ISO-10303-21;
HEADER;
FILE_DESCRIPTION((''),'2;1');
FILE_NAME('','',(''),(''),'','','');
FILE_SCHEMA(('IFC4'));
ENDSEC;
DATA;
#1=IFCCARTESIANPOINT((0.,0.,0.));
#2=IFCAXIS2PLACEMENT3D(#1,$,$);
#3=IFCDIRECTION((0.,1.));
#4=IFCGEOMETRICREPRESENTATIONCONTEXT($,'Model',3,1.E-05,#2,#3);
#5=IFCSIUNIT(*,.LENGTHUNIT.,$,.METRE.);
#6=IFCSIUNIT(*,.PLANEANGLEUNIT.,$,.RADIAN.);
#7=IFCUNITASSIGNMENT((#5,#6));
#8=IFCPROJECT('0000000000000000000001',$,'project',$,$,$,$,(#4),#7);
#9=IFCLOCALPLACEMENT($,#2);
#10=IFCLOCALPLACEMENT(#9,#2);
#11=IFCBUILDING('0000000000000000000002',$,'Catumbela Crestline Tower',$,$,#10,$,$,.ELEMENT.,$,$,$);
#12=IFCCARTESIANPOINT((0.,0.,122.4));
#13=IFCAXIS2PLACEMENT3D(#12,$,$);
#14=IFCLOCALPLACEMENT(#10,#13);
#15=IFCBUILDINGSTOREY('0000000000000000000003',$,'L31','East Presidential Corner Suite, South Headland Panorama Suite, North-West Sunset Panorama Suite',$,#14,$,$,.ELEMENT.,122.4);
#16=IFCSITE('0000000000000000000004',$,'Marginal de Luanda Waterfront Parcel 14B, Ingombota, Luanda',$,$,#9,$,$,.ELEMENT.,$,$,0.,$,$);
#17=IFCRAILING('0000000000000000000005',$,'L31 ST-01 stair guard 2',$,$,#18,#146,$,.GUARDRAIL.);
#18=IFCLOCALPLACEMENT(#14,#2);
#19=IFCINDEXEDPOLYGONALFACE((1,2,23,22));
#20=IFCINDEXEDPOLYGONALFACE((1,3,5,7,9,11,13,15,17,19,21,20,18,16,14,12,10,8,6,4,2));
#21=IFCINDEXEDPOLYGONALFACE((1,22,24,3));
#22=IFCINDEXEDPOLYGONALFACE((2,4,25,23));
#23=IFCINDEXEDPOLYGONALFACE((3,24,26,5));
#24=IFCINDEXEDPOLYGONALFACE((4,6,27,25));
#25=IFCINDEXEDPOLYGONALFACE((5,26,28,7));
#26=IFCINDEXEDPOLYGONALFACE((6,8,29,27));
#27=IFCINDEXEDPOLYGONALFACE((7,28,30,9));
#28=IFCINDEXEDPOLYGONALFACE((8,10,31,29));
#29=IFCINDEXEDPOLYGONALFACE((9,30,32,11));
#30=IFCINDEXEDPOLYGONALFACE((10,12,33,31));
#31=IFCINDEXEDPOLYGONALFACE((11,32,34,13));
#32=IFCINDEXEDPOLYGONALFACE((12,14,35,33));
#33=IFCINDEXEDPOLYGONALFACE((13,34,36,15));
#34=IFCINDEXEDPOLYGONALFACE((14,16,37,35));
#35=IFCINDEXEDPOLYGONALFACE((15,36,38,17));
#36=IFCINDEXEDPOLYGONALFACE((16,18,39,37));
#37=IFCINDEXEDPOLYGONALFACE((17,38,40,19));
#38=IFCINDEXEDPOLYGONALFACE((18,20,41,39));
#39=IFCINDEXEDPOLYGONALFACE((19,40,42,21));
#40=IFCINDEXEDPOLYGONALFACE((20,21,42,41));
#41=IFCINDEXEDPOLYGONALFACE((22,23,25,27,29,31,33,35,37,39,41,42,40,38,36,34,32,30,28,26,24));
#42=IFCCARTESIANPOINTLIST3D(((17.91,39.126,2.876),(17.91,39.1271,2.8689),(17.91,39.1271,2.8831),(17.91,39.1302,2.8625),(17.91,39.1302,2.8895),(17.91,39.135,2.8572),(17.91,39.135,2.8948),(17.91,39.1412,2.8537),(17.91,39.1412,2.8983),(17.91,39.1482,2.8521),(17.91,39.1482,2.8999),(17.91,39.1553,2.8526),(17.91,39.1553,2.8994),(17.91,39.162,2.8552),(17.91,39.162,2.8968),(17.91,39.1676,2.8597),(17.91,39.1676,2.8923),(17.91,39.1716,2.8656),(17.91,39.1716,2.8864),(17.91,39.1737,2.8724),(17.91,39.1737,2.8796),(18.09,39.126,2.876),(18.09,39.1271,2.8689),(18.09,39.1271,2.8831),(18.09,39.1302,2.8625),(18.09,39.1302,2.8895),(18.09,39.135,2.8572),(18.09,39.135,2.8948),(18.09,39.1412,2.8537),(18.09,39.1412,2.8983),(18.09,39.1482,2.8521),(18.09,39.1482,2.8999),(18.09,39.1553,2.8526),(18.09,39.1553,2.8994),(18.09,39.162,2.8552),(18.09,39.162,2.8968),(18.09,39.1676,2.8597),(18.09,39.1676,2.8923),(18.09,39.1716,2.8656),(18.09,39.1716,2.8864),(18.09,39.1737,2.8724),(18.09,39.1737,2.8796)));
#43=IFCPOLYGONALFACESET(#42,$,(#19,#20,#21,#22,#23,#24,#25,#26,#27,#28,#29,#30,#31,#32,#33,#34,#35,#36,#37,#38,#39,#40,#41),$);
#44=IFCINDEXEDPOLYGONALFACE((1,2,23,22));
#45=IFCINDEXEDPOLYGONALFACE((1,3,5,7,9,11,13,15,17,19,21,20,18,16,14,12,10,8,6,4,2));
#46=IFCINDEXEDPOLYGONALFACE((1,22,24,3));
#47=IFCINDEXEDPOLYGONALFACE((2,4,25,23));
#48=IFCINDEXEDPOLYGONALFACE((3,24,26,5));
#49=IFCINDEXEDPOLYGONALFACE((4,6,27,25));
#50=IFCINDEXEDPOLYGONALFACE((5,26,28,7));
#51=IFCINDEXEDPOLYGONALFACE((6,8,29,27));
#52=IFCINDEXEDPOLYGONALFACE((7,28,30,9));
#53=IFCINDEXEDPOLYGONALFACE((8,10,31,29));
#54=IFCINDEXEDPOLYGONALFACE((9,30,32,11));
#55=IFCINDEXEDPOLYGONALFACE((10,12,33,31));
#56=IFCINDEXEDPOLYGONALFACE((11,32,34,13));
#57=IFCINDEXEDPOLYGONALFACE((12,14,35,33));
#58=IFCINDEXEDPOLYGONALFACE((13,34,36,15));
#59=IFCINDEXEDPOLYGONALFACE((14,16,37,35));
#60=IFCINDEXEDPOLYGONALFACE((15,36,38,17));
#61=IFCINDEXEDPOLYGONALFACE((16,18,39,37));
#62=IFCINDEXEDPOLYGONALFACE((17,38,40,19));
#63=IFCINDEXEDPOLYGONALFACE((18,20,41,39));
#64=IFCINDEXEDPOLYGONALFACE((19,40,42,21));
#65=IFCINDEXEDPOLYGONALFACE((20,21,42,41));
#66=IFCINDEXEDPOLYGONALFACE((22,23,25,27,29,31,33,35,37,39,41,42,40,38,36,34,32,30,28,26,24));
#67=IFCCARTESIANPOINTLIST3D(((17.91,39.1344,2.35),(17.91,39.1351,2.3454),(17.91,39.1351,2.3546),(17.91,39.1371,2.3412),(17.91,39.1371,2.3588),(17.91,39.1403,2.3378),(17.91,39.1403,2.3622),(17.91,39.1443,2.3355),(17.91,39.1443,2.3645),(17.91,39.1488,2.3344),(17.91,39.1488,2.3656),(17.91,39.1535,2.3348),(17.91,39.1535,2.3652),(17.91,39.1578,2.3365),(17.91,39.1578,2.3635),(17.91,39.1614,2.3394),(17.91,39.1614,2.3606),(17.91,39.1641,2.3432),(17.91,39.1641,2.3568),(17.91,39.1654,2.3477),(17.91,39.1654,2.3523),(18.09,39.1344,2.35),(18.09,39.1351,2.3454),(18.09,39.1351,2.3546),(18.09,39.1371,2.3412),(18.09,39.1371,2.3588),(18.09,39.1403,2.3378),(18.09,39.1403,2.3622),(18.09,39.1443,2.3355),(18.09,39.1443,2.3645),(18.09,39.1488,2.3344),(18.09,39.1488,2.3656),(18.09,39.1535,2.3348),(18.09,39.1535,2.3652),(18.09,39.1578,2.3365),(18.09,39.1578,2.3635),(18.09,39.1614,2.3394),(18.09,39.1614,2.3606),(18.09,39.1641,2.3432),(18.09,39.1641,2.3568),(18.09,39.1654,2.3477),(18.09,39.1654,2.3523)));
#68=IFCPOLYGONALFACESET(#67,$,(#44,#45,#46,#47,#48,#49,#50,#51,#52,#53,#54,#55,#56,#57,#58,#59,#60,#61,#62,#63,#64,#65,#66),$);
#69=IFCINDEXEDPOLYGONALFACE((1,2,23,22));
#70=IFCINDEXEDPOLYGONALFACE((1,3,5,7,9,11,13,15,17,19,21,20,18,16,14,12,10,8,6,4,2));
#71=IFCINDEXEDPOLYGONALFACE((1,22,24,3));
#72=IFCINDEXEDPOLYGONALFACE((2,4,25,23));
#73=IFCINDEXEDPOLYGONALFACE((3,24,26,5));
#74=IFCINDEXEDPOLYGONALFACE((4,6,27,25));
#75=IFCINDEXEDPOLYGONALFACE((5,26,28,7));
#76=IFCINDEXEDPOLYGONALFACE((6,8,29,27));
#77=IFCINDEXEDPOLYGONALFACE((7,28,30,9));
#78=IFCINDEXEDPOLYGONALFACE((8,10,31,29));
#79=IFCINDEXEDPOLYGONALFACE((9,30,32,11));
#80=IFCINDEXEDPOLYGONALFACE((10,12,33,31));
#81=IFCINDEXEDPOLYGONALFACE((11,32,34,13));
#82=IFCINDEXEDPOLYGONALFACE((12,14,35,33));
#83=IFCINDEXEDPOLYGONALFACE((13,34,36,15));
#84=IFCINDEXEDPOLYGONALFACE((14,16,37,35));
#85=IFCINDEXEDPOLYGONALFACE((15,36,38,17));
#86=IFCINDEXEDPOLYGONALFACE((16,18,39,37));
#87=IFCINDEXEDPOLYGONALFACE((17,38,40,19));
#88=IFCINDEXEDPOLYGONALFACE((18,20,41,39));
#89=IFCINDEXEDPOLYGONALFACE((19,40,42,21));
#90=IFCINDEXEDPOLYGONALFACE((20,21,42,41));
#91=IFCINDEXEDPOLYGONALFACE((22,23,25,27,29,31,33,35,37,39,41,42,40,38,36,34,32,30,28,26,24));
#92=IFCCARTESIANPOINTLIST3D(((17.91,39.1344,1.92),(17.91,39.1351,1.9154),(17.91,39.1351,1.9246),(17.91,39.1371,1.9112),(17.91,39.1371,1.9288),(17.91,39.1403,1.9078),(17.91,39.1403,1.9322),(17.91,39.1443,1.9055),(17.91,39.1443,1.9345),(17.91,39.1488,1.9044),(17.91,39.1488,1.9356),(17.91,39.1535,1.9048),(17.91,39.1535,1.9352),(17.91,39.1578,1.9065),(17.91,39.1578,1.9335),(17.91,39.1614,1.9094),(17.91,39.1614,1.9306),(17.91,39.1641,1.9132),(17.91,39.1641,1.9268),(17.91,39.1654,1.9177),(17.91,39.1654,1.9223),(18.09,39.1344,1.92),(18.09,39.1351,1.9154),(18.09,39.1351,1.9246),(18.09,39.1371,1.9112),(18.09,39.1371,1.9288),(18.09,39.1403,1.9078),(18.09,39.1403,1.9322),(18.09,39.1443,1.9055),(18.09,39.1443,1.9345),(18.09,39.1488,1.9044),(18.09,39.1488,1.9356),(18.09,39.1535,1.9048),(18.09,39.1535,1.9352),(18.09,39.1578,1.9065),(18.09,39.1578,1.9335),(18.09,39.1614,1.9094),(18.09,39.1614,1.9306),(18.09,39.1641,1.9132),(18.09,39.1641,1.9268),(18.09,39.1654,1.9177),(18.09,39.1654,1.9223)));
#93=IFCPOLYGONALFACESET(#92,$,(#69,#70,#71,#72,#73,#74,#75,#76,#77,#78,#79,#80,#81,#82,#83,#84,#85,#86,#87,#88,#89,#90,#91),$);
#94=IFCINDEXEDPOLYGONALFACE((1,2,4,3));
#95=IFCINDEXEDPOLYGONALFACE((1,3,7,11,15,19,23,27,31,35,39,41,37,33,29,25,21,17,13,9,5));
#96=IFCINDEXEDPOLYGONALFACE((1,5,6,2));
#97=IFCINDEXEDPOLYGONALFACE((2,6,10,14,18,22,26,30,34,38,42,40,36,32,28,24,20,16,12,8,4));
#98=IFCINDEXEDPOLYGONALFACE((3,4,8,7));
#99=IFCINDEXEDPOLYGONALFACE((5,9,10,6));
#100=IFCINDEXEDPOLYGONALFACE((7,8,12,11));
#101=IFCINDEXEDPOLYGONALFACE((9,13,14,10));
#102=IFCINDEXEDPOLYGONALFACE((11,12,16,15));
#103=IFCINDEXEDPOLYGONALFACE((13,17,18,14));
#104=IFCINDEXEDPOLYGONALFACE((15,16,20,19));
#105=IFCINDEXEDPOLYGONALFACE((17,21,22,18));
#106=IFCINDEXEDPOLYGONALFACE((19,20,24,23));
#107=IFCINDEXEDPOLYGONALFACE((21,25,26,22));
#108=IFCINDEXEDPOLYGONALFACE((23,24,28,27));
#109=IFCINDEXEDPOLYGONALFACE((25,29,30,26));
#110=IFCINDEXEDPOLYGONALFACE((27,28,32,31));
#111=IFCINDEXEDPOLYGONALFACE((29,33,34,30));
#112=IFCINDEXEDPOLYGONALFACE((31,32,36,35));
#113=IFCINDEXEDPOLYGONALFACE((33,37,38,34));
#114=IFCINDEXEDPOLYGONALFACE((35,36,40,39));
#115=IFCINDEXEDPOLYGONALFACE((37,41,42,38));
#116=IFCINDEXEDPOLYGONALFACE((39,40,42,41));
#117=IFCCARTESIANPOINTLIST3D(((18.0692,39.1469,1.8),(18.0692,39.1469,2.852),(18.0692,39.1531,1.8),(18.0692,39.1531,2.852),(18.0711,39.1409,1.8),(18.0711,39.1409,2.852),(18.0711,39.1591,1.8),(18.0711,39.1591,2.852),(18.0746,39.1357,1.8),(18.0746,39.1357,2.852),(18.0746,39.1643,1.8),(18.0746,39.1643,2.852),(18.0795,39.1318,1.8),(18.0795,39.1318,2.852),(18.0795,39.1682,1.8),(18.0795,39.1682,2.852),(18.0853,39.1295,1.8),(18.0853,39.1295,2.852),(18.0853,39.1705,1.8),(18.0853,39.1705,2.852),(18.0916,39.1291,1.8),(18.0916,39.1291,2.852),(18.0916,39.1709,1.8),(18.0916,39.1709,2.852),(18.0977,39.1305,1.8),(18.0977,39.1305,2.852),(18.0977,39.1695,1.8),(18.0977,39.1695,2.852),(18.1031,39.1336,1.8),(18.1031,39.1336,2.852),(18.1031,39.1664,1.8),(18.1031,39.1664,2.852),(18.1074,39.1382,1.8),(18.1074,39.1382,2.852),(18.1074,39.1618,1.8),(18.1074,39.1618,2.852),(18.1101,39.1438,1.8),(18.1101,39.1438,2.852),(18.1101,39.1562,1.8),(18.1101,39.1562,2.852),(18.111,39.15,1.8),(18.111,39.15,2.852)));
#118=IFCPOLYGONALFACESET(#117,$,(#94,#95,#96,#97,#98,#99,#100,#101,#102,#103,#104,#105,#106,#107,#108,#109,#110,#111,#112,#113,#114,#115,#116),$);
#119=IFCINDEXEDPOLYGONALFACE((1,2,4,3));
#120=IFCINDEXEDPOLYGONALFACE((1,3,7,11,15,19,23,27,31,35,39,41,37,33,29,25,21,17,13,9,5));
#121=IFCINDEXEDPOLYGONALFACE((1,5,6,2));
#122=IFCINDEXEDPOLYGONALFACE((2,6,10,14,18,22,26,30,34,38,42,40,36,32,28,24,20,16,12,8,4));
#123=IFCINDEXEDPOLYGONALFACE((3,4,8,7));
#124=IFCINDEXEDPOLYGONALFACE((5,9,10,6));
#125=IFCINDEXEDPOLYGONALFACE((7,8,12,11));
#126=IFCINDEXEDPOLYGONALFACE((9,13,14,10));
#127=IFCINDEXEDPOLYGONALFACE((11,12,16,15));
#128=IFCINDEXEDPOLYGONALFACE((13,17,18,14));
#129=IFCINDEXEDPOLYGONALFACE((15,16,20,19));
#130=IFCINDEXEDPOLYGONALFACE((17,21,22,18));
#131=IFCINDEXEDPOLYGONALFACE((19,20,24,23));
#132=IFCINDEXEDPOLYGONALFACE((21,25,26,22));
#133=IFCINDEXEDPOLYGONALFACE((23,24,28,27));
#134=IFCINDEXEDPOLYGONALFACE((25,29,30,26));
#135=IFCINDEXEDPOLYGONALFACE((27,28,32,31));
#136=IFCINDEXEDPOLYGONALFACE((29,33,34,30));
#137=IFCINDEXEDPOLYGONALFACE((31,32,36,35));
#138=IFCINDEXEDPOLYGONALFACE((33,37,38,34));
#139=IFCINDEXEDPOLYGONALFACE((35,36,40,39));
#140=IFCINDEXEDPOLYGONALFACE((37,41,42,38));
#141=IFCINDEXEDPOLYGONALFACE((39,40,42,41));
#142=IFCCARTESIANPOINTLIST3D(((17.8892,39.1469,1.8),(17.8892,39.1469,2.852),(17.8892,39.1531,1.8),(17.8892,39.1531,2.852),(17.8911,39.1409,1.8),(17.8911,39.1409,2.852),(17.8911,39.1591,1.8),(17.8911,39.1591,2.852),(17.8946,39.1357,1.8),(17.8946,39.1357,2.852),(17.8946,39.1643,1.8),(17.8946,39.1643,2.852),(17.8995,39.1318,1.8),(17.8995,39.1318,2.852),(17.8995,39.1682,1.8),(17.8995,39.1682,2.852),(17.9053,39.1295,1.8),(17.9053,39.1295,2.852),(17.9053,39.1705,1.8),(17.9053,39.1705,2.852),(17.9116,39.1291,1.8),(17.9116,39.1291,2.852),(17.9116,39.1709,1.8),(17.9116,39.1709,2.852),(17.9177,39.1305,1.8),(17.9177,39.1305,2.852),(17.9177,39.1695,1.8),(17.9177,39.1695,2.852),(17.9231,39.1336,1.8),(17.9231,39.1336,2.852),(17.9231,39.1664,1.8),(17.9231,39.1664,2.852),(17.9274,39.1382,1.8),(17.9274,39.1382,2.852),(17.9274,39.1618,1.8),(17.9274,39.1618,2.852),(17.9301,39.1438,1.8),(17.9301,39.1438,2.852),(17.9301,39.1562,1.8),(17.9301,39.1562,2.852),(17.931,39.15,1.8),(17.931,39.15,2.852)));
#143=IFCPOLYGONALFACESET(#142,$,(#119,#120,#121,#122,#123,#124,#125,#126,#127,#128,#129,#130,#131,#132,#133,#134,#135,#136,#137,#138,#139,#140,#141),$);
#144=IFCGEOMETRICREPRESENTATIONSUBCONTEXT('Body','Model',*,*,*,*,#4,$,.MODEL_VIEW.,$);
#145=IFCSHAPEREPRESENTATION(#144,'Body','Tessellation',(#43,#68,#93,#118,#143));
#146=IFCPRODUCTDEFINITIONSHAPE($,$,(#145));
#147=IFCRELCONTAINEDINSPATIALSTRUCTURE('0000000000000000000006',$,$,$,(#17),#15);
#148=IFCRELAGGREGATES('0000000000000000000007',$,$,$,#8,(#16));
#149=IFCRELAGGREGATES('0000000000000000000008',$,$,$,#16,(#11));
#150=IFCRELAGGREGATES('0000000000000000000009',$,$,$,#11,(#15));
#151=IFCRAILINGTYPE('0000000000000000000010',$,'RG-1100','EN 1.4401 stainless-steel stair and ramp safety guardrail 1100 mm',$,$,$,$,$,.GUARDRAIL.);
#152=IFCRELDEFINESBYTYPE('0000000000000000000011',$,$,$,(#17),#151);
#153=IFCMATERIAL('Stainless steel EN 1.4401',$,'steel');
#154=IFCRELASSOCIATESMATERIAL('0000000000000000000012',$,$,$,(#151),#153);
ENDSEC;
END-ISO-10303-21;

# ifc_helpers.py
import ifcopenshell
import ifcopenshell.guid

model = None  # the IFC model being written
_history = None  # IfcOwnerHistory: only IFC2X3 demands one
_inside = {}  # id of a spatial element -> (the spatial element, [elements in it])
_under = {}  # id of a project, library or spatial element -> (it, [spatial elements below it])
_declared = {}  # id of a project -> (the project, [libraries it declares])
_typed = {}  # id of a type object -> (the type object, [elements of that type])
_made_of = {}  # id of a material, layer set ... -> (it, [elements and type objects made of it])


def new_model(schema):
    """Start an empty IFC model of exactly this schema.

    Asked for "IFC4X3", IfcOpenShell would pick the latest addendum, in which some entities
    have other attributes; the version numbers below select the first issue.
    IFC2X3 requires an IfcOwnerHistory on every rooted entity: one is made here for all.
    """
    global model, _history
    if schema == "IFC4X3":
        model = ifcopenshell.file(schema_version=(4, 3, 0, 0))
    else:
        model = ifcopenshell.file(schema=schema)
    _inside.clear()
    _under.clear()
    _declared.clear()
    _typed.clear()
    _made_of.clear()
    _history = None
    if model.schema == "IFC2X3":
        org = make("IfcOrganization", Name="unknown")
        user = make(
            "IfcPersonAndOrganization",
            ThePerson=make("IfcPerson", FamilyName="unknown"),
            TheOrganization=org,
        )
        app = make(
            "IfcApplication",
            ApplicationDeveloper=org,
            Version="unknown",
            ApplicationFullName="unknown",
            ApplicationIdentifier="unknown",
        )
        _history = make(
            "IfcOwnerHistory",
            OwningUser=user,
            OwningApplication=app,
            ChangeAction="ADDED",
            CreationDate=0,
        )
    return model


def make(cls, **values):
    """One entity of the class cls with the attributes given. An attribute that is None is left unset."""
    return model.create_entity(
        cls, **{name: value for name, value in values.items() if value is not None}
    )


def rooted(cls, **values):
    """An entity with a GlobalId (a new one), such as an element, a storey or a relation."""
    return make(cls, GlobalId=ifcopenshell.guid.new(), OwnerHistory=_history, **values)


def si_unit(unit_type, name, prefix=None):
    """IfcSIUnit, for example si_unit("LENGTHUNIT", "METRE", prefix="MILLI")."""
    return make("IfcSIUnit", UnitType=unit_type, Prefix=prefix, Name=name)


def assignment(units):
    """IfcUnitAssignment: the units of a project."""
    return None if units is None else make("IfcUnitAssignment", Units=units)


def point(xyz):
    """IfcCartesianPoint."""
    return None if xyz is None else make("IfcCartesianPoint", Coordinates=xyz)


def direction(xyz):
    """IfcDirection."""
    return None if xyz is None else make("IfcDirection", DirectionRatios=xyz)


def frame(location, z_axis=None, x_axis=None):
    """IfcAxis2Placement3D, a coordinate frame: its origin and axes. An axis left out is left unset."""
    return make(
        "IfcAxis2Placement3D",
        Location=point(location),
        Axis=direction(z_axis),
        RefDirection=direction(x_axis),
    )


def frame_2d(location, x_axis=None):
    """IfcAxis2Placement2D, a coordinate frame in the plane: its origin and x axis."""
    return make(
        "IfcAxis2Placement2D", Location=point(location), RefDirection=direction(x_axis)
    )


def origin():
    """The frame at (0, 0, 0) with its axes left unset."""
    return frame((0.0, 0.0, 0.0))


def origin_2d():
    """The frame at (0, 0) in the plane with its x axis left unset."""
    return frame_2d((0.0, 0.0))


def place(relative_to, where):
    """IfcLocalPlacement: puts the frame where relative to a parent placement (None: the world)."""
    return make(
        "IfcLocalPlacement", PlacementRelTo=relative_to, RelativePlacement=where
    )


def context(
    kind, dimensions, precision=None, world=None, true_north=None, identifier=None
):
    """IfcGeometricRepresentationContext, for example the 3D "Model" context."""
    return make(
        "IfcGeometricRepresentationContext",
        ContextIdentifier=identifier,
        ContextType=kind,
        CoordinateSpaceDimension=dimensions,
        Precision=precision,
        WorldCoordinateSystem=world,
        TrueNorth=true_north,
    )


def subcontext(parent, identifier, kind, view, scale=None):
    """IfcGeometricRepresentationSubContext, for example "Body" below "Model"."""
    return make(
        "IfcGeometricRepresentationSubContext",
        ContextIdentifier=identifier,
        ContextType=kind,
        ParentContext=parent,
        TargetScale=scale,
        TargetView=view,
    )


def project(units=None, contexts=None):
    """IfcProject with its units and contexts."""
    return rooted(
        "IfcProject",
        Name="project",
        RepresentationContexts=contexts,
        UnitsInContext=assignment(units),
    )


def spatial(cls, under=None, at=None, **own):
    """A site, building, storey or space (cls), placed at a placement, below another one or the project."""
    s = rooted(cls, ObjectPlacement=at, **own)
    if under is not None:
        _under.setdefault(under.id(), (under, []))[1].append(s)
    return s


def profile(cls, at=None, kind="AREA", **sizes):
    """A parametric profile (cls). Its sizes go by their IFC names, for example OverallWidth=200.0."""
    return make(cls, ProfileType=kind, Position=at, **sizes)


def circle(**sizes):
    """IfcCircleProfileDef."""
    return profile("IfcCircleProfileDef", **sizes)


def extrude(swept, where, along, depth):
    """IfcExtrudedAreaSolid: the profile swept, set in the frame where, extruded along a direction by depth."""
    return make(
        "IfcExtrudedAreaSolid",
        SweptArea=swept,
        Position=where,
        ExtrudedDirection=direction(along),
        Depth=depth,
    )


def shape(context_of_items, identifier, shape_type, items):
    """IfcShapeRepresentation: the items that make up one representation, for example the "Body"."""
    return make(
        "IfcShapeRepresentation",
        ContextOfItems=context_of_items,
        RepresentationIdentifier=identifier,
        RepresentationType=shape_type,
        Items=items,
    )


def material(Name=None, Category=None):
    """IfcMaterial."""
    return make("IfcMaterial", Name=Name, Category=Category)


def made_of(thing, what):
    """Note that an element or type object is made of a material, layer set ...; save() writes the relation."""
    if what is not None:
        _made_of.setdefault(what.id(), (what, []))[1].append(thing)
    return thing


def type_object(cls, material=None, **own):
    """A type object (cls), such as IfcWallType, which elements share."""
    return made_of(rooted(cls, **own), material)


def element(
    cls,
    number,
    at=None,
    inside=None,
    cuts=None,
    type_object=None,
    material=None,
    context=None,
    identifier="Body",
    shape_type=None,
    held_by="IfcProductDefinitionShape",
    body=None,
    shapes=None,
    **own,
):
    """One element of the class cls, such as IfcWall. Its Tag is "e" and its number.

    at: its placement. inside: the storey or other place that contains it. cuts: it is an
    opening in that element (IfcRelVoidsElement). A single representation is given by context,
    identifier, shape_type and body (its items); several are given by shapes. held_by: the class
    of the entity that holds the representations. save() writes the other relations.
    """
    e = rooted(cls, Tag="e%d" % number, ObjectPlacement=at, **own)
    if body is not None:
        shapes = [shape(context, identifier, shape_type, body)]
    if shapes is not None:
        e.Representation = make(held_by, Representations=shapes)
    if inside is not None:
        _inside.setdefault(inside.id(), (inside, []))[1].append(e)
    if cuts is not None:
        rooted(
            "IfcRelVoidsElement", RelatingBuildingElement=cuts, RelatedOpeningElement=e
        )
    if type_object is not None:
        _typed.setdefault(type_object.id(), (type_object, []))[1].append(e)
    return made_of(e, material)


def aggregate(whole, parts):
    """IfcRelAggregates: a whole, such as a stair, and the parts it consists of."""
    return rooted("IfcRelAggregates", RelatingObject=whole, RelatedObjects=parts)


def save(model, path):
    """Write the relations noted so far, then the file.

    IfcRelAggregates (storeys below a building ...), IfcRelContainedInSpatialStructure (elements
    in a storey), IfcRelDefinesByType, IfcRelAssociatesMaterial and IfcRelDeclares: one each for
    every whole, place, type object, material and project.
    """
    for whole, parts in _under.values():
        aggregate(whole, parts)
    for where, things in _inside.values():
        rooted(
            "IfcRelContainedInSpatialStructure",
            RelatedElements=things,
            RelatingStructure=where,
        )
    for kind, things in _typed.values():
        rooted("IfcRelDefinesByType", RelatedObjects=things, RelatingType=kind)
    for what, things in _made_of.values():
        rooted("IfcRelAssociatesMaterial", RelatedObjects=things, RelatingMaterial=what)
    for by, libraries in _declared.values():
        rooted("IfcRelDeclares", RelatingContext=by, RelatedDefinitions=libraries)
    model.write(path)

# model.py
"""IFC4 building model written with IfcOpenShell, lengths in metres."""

from ifc_helpers import new_model, si_unit, direction, frame, origin, origin_2d, place, context, subcontext, project, spatial, circle, extrude, material, type_object, element, save


model = new_model("IFC4")

# Units and contexts
model_context = context("Model", 3, precision=1e-05, world=origin(), true_north=direction((0.0, 1.0)))
body_context = subcontext(model_context, "Body", "Model", "MODEL_VIEW")
ifc_project = project(units=[si_unit("LENGTHUNIT", "METRE"), si_unit("PLANEANGLEUNIT", "RADIAN")], contexts=[model_context])

# Site, building, storey
site_placement = place(None, origin())
site = spatial("IfcSite", under=ifc_project, at=site_placement, Name="Marginal de Luanda Waterfront Parcel 14B, Ingombota, Luanda", CompositionType="ELEMENT", RefElevation=0.0)
building_placement = place(site_placement, origin())
building = spatial("IfcBuilding", under=site, at=building_placement, Name="Catumbela Crestline Tower", CompositionType="ELEMENT")
storey_placement = place(building_placement, frame((0.0, 0.0, 122.4)))
storey = spatial("IfcBuildingStorey", under=building, at=storey_placement, Name="L31", Description="East Presidential Corner Suite, South Headland Panorama Suite, North-West Sunset Panorama Suite", CompositionType="ELEMENT", Elevation=122.4)

# Railing
ifc_material_1 = material(Name="Stainless steel EN 1.4401", Category="steel")
railing_type_1 = type_object("IfcRailingType", Name="RG-1100", Description="EN 1.4401 stainless-steel stair and ramp safety guardrail 1100 mm", PredefinedType="GUARDRAIL", material=ifc_material_1)
railing_1_placement = place(storey_placement, frame((18.09, 39.15, 1.8)))
element("IfcRailing", 1, at=railing_1_placement, inside=storey, type_object=railing_type_1, Name="L31 ST-01 stair guard 2", PredefinedType="GUARDRAIL", context=body_context, shape_type="SweptSolid", body=[
    extrude(circle(Radius=0.024, at=origin_2d()), frame((0.0, 0.0, 1.076), z_axis=(-1.0, 0.0, 0.0), x_axis=(0.0, -1.0, 0.0)), (0.0, 0.0, 1.0), 0.18),
    extrude(circle(Radius=0.0156, at=origin_2d()), frame((0.0, 0.0, 0.55), z_axis=(-1.0, 0.0, 0.0), x_axis=(0.0, -1.0, 0.0)), (0.0, 0.0, 1.0), 0.18),
    extrude(circle(Radius=0.0156, at=origin_2d()), frame((0.0, 0.0, 0.12), z_axis=(-1.0, 0.0, 0.0), x_axis=(0.0, -1.0, 0.0)), (0.0, 0.0, 1.0), 0.18),
    extrude(circle(Radius=0.021, at=origin_2d()), origin(), (0.0, 0.0, 1.0), 1.052),
    extrude(circle(Radius=0.021, at=origin_2d()), frame((-0.18, 0.0, 0.0)), (0.0, 0.0, 1.0), 1.052),
])

save(model, "model.ifc")
